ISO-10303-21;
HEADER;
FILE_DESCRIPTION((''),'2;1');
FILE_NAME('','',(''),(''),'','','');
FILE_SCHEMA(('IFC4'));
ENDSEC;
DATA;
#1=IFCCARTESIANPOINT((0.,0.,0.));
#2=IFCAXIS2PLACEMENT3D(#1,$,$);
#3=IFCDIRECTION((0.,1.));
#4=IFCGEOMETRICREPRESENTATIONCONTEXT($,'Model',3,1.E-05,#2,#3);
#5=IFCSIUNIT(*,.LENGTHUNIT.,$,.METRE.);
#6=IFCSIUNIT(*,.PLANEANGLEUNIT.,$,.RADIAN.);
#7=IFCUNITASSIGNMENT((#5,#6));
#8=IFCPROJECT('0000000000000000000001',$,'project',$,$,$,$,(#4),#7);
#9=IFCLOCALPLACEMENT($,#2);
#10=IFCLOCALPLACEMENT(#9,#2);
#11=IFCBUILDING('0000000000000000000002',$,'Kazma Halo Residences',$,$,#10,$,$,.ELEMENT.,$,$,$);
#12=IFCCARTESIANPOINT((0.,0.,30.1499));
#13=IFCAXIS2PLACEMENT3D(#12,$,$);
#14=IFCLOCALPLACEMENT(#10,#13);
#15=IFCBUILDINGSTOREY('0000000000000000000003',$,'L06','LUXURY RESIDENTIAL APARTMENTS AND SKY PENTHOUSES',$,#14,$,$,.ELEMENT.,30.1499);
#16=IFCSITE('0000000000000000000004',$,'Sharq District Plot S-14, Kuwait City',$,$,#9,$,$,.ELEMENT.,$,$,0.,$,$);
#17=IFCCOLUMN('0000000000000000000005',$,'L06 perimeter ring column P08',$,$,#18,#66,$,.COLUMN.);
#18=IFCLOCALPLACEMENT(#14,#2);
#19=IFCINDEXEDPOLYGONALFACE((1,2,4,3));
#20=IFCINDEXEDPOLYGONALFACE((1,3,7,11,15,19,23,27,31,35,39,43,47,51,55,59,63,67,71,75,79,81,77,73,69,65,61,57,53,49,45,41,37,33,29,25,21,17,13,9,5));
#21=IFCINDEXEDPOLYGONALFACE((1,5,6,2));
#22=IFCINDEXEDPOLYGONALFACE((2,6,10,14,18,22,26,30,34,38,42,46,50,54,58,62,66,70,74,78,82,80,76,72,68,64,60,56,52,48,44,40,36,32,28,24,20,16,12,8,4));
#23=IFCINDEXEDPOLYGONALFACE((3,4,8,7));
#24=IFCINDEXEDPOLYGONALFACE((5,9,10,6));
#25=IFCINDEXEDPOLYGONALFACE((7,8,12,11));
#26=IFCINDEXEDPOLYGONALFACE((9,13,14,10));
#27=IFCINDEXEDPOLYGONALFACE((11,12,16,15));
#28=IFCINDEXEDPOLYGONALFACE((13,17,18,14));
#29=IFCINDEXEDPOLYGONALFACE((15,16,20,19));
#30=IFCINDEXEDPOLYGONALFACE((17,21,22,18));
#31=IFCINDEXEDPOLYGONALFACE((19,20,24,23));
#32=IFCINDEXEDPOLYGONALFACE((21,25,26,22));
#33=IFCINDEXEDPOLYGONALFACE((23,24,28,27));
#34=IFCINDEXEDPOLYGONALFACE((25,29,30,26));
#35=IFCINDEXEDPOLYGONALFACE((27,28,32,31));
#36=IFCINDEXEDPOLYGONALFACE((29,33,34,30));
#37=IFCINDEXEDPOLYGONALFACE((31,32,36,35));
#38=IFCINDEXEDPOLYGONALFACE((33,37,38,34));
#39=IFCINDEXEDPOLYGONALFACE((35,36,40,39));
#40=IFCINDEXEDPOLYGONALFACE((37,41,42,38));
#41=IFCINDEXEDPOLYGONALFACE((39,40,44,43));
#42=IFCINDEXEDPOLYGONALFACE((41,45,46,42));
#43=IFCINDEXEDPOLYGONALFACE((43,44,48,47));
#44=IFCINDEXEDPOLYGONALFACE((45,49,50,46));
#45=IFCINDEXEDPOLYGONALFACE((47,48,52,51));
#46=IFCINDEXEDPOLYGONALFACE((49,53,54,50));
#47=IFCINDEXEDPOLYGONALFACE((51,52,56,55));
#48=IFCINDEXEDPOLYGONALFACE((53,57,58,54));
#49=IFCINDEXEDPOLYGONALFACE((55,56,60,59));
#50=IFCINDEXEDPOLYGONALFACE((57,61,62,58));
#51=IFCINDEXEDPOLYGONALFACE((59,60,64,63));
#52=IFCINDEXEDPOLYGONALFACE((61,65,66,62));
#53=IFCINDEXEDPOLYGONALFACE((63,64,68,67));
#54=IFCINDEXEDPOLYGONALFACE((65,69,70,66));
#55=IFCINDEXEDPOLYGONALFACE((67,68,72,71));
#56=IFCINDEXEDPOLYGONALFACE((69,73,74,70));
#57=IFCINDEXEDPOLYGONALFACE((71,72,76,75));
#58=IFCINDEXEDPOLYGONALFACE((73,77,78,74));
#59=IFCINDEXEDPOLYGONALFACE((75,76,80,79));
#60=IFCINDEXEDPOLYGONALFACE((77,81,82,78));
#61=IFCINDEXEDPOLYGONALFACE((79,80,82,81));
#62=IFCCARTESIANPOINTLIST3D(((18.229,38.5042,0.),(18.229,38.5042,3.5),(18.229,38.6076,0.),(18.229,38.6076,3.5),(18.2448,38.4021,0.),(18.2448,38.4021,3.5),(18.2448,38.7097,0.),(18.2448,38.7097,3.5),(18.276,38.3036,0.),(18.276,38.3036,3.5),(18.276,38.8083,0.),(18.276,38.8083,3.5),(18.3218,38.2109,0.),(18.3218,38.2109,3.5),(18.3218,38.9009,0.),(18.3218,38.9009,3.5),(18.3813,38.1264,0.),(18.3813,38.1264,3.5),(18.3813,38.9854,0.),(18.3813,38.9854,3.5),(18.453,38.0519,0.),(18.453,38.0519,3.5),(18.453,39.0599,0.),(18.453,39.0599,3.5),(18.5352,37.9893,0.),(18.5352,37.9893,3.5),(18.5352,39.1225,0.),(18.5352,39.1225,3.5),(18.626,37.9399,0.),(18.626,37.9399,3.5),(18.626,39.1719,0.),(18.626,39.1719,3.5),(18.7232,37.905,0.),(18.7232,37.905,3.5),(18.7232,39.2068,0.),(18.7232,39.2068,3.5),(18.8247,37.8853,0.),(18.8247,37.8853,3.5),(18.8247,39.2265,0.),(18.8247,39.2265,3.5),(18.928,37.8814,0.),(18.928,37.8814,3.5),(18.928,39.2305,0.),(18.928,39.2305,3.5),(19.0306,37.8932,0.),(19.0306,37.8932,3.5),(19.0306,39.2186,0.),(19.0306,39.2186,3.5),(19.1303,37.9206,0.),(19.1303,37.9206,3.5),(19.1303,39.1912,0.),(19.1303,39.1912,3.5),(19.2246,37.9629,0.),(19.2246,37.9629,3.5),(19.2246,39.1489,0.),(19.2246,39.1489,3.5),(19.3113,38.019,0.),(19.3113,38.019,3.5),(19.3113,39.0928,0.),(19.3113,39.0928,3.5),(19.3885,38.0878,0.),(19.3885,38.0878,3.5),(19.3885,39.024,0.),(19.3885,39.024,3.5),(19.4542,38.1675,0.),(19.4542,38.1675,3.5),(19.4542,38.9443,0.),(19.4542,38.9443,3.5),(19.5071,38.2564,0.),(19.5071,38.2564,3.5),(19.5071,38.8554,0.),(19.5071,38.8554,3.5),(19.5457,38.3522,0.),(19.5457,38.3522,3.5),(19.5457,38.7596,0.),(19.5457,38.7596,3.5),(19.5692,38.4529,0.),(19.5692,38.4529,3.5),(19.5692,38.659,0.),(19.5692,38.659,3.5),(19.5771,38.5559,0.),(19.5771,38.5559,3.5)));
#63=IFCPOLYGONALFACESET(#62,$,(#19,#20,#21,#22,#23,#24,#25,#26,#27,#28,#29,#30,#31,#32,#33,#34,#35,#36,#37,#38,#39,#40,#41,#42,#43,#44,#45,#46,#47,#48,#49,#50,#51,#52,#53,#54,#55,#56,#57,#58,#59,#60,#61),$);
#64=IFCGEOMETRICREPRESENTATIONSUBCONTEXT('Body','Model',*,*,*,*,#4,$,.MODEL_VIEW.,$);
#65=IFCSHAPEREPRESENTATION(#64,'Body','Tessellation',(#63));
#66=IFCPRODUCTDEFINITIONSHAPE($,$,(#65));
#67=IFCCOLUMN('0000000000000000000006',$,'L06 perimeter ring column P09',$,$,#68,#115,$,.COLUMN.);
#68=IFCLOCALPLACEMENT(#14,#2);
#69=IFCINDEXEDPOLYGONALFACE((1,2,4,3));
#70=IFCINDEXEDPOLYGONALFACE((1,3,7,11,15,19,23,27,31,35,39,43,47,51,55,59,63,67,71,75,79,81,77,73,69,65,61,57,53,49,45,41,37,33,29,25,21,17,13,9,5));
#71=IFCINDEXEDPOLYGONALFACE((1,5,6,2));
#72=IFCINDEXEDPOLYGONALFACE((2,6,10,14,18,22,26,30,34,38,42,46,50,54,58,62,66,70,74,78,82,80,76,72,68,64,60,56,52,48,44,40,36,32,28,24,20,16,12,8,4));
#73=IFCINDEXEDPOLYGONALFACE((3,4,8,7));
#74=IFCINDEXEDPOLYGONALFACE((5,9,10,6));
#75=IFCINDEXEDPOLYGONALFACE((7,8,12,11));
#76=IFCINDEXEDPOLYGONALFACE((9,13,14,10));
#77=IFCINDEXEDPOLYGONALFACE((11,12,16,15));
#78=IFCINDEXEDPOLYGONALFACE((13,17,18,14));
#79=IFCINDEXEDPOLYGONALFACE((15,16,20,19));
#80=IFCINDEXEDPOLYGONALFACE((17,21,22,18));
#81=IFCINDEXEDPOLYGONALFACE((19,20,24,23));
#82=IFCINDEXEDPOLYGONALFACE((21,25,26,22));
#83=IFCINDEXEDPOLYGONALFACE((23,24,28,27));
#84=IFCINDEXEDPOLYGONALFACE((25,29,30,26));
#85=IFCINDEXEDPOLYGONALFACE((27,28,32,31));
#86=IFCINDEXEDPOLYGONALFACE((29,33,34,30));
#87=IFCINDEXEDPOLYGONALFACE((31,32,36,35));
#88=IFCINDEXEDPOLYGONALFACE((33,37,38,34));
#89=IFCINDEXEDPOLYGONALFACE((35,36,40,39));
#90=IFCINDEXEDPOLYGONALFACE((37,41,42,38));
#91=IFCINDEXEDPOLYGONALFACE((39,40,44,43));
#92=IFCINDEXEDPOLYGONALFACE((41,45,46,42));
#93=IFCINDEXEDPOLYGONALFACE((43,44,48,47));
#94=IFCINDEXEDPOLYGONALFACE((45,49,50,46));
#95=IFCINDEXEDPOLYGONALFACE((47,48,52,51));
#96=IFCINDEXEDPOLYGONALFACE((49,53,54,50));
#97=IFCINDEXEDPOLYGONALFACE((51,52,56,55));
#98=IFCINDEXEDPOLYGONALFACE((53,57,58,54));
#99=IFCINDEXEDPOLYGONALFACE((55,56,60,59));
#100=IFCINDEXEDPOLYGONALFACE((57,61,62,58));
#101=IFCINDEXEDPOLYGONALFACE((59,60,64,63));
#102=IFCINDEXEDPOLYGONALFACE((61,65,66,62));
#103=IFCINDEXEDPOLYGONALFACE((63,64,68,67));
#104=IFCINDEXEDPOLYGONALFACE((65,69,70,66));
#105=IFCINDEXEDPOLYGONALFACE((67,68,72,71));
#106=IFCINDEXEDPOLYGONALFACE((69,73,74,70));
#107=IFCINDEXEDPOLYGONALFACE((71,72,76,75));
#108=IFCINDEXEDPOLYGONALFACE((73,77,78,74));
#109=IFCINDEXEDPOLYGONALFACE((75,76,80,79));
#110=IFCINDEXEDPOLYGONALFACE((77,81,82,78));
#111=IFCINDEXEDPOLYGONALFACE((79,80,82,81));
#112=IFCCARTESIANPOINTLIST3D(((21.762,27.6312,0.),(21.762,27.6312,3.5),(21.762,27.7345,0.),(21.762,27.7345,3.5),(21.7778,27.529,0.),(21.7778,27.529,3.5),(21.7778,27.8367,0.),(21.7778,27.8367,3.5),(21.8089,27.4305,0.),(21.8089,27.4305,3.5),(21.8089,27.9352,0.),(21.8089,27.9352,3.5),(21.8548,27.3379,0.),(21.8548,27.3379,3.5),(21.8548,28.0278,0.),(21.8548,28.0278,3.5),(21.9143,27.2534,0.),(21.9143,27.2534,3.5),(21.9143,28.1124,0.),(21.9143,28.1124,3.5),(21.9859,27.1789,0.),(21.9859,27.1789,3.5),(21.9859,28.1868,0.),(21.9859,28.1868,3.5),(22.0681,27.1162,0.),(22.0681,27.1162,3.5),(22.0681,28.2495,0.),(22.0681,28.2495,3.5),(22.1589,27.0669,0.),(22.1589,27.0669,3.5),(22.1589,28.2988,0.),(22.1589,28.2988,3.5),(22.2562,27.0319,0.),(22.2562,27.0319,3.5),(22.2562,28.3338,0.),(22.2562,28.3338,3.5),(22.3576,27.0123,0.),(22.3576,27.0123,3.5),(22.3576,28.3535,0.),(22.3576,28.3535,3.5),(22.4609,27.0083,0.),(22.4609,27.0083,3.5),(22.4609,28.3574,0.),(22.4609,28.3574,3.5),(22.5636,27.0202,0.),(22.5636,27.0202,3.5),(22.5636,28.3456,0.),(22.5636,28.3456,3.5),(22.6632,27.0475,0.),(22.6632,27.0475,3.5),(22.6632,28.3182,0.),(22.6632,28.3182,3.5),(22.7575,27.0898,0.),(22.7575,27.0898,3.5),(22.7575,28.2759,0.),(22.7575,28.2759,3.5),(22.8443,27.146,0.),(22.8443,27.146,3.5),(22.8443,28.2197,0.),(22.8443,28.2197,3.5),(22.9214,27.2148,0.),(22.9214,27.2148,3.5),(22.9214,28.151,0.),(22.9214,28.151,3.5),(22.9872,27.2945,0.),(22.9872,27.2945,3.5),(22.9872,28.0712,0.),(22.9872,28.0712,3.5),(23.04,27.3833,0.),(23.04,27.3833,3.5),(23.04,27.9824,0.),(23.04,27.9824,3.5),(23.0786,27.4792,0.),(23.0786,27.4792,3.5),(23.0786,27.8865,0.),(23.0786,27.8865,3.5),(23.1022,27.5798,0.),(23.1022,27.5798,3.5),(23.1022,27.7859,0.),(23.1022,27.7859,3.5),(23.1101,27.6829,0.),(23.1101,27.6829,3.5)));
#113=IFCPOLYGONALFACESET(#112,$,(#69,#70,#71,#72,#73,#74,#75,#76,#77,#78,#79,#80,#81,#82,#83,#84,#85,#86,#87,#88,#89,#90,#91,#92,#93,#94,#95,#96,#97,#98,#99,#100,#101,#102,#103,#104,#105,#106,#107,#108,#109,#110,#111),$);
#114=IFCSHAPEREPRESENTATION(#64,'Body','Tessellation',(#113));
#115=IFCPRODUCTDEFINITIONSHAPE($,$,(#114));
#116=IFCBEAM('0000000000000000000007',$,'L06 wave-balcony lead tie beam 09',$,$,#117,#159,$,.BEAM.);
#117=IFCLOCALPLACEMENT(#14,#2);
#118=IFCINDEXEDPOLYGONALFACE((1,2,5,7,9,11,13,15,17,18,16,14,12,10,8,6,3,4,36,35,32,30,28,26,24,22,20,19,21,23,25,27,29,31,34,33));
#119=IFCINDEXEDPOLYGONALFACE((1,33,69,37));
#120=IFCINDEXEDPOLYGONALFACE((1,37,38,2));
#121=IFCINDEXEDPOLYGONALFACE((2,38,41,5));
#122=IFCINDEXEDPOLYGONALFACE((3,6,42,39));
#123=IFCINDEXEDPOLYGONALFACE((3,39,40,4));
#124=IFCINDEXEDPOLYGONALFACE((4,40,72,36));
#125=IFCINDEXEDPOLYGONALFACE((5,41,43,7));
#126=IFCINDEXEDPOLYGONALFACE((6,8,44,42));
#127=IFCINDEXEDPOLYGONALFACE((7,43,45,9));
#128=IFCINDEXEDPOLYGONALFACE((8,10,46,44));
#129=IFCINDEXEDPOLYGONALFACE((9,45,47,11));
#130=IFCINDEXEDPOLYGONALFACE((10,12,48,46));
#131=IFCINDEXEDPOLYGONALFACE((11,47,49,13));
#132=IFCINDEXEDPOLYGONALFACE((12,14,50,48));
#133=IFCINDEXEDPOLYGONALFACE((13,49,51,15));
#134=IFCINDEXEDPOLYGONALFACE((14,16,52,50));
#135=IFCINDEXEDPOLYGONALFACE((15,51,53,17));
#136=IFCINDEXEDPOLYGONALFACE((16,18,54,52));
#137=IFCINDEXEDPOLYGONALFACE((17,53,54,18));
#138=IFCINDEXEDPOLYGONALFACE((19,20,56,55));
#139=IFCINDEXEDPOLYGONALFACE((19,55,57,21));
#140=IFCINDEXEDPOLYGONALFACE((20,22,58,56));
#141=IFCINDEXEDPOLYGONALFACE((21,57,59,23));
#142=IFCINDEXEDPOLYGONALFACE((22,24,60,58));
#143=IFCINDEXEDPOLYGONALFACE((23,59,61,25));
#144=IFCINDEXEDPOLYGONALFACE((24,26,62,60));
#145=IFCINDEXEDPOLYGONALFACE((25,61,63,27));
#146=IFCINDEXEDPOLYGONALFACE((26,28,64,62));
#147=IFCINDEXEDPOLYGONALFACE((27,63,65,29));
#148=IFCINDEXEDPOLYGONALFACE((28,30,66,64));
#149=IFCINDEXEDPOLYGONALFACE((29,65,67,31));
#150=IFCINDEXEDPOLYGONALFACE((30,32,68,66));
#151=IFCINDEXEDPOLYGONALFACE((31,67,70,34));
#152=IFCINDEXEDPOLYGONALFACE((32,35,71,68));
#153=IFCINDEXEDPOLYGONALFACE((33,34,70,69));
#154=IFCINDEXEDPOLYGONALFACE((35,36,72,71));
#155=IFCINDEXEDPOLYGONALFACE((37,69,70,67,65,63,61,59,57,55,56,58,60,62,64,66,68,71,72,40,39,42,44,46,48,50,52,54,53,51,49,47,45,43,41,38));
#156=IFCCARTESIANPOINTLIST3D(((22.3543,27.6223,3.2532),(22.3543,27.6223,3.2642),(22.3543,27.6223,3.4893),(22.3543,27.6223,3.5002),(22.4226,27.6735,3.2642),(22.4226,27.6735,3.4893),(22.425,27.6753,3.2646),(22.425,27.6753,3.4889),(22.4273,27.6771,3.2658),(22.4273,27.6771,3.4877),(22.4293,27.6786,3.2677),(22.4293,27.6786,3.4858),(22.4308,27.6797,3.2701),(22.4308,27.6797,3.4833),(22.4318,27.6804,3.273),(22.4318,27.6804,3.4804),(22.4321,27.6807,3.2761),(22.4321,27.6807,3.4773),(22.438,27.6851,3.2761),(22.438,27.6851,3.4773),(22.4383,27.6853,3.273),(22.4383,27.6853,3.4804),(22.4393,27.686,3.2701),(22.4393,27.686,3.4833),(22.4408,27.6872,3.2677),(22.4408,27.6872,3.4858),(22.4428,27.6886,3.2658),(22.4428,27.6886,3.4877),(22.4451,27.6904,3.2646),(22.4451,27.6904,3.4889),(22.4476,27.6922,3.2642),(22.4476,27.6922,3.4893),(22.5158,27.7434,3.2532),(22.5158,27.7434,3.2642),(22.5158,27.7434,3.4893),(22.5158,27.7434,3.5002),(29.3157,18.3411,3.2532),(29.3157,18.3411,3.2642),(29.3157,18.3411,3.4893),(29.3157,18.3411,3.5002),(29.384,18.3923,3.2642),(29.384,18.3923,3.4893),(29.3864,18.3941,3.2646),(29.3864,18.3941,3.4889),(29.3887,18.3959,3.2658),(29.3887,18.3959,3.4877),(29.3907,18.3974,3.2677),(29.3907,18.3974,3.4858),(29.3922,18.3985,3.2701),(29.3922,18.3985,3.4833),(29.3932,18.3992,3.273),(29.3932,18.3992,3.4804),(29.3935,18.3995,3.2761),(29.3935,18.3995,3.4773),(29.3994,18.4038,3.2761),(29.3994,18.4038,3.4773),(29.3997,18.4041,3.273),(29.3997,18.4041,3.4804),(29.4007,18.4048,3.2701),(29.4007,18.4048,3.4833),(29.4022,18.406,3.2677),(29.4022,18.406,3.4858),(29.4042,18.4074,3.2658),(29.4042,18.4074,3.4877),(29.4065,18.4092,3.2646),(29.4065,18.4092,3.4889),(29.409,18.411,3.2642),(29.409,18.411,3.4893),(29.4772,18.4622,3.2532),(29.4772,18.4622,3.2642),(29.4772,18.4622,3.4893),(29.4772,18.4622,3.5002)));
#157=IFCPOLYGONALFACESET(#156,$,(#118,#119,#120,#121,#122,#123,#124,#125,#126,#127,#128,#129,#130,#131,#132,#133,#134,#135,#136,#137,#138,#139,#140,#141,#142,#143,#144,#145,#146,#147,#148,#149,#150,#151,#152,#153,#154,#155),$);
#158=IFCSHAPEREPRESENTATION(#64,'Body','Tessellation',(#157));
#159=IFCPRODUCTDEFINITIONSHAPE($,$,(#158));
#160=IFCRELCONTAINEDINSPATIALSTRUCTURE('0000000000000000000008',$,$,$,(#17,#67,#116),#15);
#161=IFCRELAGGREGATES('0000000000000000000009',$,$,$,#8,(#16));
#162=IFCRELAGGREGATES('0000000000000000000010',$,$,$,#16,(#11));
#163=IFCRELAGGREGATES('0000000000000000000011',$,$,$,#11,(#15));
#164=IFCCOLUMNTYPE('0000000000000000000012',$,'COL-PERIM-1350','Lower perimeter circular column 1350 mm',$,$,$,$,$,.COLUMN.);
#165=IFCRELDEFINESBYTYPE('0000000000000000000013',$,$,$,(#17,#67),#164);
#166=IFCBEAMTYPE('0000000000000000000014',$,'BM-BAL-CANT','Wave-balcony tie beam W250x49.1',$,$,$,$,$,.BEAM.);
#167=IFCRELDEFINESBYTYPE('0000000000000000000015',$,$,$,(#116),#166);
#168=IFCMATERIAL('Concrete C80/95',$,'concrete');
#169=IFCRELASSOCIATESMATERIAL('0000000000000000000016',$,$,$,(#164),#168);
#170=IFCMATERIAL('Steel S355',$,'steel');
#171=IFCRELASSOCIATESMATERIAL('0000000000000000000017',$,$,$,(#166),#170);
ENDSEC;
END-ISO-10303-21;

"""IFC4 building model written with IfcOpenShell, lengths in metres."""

from ifc_helpers import new_model, si_unit, direction, frame, origin, origin_2d, place, context, subcontext, project, spatial, circle, i_section, extrude, material, material_profile, profile_set, type_object, element, save


model = new_model("IFC4")

# Units and contexts
model_context = context("Model", 3, precision=1e-05, world=origin(), true_north=direction((0.0, 1.0)))
body_context = subcontext(model_context, "Body", "Model", "MODEL_VIEW")
ifc_project = project(units=[si_unit("LENGTHUNIT", "METRE"), si_unit("PLANEANGLEUNIT", "RADIAN")], contexts=[model_context])

# Site, building, storey
site_placement = place(None, origin())
site = spatial("IfcSite", under=ifc_project, at=site_placement, Name="Sharq District Plot S-14, Kuwait City", CompositionType="ELEMENT", RefElevation=0.0)
building_placement = place(site_placement, origin())
building = spatial("IfcBuilding", under=site, at=building_placement, Name="Kazma Halo Residences", CompositionType="ELEMENT")
storey_placement = place(building_placement, frame((0.0, 0.0, 30.1499)))
storey = spatial("IfcBuildingStorey", under=building, at=storey_placement, Name="L06", Description="LUXURY RESIDENTIAL APARTMENTS AND SKY PENTHOUSES", CompositionType="ELEMENT", Elevation=30.1499)

# Columns
ifc_material_1 = material(Name="Concrete C80/95", Category="concrete")
ifc_material_profile_1 = material_profile(ifc_material_1, circle(Radius=0.675, at=origin_2d()), Name="CIRC1350")
ifc_profile_set_1 = profile_set([ifc_material_profile_1], Name="Concrete C80/95")
column_type = type_object("IfcColumnType", Name="COL-PERIM-1350", Description="Lower perimeter circular column 1350 mm", PredefinedType="COLUMN", material=ifc_profile_set_1)
for number, where, z_axis, x_axis, name in (
    (1, (18.9021, 38.5559, 0.0), (0.0, 0.0, 1.0), (1.0, 0.0, 0.0), "L06 perimeter ring column P08"),
    (2, (22.4351, 27.6829, 0.0), (0.0, 0.0, 1.0), (1.0, 0.0, 0.0), "L06 perimeter ring column P09"),
):
    element("IfcColumn", number, at=place(storey_placement, frame(where, z_axis=z_axis, x_axis=x_axis)), inside=storey, type_object=column_type, Name=name, PredefinedType="COLUMN", context=body_context, shape_type="SweptSolid", body=[
        extrude(circle(Radius=0.675, at=origin_2d()), origin(), (0.0, 0.0, 1.0), 3.5),
    ])

# Beam
ifc_material_2 = material(Name="Steel S355", Category="steel")
ifc_material_profile_2 = material_profile(ifc_material_2, i_section(OverallWidth=0.2019, OverallDepth=0.2471, WebThickness=0.0073, FlangeThickness=0.011, FilletRadius=0.012, at=origin_2d()), Name="W250x49.1")
ifc_profile_set_2 = profile_set([ifc_material_profile_2], Name="Steel S355")
beam_type_1 = type_object("IfcBeamType", Name="BM-BAL-CANT", Description="Wave-balcony tie beam W250x49.1", PredefinedType="BEAM", material=ifc_profile_set_2)
beam_1_placement = place(storey_placement, frame((22.4351, 27.6829, 3.3767), z_axis=(0.600027, -0.79998, 0.0), x_axis=(0.79998, 0.600027, 0.0)))
element("IfcBeam", 3, at=beam_1_placement, inside=storey, type_object=beam_type_1, Name="L06 wave-balcony lead tie beam 09", PredefinedType="BEAM", context=body_context, shape_type="SweptSolid", body=[
    extrude(i_section(OverallWidth=0.2019, OverallDepth=0.2471, WebThickness=0.0073, FlangeThickness=0.011, FilletRadius=0.012, at=origin_2d()), origin(), (0.0, 0.0, 1.0), 11.6018),
])

save(model, "model.ifc")
